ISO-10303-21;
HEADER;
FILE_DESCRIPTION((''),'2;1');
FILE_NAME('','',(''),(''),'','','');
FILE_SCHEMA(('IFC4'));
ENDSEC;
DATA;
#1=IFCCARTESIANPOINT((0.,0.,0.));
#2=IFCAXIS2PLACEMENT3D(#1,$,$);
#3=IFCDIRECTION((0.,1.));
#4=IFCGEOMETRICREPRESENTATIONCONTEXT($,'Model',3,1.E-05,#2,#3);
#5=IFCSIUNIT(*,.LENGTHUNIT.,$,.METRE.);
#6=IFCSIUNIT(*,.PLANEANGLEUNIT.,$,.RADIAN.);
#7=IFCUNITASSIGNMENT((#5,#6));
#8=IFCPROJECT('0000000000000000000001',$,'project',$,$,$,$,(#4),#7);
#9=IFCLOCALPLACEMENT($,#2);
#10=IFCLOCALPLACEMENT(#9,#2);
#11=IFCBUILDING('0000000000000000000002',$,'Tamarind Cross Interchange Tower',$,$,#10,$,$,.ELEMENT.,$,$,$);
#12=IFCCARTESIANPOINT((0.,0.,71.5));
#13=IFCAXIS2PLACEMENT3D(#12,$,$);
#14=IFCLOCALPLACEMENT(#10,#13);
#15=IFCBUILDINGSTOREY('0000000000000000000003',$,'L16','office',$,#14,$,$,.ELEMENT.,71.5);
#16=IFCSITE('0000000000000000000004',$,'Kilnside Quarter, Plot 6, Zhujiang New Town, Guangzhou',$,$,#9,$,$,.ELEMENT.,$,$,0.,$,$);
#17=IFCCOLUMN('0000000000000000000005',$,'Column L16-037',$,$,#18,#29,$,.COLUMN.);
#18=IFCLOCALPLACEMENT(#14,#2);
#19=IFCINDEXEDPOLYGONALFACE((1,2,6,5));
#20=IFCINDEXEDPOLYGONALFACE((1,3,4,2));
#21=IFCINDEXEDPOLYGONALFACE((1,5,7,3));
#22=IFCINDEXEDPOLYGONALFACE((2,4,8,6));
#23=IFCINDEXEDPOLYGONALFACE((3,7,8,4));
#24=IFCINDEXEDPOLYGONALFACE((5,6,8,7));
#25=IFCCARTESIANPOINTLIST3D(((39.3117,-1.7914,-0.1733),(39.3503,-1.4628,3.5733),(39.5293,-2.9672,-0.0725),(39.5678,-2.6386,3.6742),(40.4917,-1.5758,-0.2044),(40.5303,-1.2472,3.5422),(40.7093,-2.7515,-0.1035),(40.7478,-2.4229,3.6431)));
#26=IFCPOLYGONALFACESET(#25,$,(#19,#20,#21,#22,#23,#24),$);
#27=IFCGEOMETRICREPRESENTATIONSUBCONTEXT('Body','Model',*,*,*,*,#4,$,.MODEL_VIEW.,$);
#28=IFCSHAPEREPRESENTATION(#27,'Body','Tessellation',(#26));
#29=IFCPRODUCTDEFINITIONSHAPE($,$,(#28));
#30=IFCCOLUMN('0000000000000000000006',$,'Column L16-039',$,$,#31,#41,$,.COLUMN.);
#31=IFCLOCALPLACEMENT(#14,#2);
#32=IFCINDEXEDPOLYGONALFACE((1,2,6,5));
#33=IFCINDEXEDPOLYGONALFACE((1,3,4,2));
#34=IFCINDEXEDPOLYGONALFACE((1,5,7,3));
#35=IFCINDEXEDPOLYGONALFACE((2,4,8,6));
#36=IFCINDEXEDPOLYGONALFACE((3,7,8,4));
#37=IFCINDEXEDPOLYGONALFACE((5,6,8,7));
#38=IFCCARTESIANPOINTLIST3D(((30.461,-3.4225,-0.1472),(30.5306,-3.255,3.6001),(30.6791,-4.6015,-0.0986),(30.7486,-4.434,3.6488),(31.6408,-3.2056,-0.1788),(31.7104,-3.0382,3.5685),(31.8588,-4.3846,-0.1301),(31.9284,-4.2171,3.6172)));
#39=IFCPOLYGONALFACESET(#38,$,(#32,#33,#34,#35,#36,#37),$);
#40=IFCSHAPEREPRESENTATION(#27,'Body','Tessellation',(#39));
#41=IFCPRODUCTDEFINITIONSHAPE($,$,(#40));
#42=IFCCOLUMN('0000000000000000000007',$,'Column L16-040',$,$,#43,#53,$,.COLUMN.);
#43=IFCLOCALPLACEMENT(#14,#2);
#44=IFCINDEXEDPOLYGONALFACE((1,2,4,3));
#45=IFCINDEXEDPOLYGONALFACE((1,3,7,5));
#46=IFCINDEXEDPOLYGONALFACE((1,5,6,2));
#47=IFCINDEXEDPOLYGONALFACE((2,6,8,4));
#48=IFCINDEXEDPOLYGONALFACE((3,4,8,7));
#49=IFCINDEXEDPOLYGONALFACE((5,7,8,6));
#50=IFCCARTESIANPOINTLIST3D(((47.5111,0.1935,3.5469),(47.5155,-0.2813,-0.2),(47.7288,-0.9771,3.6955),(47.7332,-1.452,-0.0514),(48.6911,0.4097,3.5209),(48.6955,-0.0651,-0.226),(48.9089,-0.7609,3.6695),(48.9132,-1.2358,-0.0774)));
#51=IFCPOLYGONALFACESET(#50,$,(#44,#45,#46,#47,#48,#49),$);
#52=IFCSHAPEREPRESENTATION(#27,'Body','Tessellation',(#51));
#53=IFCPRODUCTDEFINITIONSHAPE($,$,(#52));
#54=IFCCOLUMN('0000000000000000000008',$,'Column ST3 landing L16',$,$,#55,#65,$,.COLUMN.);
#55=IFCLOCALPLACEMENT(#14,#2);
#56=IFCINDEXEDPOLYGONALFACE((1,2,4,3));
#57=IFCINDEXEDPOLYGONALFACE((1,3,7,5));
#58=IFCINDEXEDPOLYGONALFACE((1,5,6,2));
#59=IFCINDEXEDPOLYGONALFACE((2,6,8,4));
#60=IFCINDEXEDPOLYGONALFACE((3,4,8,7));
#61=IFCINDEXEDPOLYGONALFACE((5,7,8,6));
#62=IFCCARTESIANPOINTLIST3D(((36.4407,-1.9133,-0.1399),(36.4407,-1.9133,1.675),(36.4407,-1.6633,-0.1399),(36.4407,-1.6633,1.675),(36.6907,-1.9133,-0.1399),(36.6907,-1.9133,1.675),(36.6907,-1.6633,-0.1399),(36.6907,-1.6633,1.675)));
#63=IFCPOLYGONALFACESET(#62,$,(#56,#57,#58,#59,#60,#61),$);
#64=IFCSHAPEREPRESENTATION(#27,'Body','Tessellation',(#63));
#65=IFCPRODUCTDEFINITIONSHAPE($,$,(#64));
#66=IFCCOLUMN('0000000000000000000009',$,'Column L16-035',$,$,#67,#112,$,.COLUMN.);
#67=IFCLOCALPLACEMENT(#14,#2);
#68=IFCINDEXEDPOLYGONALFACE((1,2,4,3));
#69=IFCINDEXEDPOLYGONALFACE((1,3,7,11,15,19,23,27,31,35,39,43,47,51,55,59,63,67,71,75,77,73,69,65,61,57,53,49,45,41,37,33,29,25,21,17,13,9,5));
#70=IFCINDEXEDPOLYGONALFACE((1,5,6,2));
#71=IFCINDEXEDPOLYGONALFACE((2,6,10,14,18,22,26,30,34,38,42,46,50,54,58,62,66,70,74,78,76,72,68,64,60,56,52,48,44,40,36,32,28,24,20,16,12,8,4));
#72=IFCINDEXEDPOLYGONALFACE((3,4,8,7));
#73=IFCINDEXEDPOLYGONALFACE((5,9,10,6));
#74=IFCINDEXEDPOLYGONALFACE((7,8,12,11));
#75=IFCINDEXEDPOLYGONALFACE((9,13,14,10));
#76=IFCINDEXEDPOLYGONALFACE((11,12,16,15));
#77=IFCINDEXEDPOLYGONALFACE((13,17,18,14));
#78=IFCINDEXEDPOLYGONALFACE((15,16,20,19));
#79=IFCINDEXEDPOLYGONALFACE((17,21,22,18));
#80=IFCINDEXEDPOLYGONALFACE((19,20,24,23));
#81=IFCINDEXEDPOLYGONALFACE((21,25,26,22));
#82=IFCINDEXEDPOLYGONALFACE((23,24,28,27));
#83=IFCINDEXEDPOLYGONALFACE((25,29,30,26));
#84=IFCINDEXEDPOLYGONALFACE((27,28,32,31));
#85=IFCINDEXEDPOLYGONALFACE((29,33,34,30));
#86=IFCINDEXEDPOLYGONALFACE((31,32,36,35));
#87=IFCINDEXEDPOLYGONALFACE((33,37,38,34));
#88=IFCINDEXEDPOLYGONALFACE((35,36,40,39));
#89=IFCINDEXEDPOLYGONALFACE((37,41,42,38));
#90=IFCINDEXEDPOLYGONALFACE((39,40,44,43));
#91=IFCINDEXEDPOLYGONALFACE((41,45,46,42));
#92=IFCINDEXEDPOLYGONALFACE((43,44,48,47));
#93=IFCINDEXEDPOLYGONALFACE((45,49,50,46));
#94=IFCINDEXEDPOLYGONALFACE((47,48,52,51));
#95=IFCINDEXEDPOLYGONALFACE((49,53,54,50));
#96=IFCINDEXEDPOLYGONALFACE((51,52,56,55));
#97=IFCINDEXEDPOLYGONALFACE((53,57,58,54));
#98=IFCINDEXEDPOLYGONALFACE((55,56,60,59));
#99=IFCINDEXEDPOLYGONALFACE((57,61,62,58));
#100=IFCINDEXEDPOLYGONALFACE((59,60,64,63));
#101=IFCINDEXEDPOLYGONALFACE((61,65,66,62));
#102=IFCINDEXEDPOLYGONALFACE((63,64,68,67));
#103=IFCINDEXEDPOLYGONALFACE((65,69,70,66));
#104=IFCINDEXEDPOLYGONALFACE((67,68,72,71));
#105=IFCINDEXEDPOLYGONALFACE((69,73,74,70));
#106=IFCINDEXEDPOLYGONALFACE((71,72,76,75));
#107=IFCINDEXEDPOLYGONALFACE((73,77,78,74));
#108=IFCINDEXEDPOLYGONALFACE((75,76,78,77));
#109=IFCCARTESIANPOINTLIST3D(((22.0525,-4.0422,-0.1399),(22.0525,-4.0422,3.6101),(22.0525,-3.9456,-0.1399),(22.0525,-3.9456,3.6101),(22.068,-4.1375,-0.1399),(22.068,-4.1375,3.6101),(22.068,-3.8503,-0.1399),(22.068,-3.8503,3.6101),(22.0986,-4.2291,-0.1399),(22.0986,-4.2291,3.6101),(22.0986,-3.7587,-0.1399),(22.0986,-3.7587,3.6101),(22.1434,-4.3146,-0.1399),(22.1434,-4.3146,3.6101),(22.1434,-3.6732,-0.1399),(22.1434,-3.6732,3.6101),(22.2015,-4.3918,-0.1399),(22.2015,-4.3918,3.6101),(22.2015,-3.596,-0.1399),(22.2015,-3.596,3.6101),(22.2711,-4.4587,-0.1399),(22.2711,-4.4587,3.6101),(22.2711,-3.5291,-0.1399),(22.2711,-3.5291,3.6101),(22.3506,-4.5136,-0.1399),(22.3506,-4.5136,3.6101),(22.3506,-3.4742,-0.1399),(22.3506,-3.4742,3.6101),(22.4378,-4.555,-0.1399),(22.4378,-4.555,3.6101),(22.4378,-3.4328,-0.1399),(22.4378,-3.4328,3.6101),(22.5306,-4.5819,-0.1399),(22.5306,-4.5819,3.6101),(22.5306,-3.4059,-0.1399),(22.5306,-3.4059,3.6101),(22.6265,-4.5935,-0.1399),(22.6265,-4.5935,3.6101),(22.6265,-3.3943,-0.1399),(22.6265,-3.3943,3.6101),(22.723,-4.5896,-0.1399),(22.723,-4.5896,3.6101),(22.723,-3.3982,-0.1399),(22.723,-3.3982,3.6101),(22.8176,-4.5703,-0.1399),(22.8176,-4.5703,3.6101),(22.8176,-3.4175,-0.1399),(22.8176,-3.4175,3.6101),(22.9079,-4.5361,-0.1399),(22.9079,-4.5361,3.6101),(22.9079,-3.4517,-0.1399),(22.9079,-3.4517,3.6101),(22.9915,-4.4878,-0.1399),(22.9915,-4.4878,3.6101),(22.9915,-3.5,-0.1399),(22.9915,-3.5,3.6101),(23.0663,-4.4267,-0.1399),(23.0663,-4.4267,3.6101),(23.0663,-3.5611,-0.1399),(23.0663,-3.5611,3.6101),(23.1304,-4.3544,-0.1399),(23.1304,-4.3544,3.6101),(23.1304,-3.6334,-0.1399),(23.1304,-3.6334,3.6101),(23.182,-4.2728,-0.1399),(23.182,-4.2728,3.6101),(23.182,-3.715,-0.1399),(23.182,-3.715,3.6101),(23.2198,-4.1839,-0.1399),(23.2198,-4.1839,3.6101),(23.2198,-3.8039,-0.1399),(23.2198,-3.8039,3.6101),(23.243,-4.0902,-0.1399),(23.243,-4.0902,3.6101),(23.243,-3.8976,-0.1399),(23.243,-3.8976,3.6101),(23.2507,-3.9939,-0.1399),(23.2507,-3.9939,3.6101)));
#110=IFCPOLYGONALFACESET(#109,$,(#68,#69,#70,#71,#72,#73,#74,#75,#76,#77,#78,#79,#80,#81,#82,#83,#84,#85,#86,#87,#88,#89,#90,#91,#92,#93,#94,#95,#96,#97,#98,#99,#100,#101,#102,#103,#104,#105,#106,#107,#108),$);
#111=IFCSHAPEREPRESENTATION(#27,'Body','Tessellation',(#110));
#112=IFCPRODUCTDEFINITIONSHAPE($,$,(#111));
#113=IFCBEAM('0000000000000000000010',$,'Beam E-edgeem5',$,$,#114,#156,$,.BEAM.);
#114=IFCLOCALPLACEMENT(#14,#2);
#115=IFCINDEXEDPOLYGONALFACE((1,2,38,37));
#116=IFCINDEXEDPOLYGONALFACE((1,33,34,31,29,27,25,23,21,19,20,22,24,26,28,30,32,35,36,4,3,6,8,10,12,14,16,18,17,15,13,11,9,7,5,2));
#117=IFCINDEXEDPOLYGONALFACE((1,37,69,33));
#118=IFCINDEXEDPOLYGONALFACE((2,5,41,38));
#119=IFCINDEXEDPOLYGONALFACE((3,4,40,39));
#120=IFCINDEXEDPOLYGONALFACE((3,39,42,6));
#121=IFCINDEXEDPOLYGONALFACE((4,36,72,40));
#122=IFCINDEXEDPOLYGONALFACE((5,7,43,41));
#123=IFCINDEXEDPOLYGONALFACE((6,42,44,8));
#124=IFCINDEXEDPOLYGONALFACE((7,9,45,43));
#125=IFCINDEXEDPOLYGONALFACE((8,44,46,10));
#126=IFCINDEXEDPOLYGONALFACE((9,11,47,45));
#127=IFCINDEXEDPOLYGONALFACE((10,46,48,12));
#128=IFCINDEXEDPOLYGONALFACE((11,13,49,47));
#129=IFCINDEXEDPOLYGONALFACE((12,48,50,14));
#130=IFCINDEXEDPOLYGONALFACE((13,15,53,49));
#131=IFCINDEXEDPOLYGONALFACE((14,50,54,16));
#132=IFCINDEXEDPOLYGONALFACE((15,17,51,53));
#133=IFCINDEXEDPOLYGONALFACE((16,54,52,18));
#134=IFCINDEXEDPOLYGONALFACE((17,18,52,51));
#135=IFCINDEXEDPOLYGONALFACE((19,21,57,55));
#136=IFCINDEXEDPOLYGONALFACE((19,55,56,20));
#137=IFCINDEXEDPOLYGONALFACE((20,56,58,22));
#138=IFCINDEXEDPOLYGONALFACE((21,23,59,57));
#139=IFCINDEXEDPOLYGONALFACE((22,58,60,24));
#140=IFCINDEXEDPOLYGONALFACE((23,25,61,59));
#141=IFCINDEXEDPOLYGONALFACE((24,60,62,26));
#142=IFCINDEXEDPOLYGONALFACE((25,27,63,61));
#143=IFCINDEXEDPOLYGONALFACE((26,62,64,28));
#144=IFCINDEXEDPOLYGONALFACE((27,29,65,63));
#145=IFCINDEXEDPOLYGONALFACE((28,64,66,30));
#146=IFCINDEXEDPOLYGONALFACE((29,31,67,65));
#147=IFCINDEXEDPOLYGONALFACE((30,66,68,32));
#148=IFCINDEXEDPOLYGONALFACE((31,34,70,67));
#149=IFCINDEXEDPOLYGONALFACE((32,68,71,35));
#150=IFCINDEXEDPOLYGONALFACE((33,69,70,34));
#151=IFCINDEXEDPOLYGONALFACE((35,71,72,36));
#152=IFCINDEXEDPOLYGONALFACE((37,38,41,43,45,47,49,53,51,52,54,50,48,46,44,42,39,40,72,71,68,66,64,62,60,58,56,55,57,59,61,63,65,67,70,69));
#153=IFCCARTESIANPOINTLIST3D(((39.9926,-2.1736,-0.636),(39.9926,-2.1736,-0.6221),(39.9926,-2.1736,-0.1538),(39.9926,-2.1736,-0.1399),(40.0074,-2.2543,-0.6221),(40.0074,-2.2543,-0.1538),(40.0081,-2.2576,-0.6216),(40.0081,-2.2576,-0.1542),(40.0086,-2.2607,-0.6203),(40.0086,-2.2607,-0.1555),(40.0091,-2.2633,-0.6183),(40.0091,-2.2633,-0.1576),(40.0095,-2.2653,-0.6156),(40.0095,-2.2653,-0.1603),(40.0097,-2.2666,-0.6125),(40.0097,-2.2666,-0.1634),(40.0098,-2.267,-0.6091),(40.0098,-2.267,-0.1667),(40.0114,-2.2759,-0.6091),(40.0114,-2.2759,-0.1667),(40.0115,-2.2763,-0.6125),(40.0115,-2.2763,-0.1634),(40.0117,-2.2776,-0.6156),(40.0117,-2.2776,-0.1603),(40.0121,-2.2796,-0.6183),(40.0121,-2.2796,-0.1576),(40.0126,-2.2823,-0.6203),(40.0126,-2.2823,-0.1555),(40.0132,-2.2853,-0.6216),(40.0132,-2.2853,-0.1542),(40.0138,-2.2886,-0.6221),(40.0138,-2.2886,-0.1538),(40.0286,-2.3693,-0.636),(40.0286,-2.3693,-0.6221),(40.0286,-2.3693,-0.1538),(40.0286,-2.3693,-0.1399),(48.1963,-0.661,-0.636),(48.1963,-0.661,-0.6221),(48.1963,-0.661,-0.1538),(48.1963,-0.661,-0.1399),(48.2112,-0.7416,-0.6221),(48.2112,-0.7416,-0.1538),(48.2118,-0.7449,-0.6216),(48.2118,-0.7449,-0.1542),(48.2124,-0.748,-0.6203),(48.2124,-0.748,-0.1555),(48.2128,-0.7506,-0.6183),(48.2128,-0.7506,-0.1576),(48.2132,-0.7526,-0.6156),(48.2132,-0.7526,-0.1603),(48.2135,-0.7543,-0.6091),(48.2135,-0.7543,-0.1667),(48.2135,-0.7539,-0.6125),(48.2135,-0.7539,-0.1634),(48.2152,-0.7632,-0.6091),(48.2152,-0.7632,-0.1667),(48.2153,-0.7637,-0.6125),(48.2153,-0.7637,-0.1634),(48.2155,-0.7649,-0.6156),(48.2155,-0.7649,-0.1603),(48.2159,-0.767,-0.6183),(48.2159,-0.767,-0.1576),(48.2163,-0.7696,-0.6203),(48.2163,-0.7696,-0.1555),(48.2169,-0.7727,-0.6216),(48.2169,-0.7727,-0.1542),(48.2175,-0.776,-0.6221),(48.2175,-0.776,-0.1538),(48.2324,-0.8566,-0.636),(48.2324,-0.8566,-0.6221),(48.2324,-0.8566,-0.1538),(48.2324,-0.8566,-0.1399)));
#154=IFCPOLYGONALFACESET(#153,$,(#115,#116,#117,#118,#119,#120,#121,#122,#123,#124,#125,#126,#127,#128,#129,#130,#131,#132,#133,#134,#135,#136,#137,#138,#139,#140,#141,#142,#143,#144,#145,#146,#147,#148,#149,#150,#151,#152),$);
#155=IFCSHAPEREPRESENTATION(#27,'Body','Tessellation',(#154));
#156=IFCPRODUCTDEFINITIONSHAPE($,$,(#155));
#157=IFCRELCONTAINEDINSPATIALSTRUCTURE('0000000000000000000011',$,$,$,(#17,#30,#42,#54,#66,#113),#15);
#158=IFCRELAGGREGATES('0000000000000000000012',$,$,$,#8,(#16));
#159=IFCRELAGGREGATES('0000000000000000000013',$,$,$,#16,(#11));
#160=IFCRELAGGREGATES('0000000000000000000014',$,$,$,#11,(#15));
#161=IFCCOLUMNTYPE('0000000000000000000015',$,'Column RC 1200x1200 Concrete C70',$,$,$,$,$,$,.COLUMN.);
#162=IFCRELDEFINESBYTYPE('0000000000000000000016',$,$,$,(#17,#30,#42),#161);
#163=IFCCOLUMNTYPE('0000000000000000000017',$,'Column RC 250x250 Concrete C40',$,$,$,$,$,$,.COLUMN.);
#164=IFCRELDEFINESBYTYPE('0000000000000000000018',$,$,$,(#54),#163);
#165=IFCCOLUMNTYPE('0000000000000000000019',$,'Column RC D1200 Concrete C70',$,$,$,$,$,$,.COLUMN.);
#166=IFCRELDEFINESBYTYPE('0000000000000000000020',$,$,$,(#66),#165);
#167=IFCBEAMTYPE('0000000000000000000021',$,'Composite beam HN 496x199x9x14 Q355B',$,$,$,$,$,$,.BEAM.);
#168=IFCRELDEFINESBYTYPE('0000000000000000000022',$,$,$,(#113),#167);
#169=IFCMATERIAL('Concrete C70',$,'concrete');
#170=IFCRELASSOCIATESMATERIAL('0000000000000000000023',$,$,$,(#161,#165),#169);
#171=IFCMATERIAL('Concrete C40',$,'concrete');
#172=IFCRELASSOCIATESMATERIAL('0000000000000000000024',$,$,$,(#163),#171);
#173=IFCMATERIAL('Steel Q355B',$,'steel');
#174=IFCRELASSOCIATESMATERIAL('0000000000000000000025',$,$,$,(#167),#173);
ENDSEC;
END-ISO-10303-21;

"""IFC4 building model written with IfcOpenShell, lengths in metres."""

from ifc_helpers import new_model, si_unit, direction, frame, origin, origin_2d, place, context, subcontext, project, spatial, rectangle, circle, i_section, extrude, material, material_profile, profile_set, type_object, element, save


model = new_model("IFC4")

# Units and contexts
model_context = context("Model", 3, precision=1e-05, world=origin(), true_north=direction((0.0, 1.0)))
body_context = subcontext(model_context, "Body", "Model", "MODEL_VIEW")
ifc_project = project(units=[si_unit("LENGTHUNIT", "METRE"), si_unit("PLANEANGLEUNIT", "RADIAN")], contexts=[model_context])

# Site, building, storey
site_placement = place(None, origin())
site = spatial("IfcSite", under=ifc_project, at=site_placement, Name="Kilnside Quarter, Plot 6, Zhujiang New Town, Guangzhou", CompositionType="ELEMENT", RefElevation=0.0)
building_placement = place(site_placement, origin())
building = spatial("IfcBuilding", under=site, at=building_placement, Name="Tamarind Cross Interchange Tower", CompositionType="ELEMENT")
storey_placement = place(building_placement, frame((0.0, 0.0, 71.5)))
storey = spatial("IfcBuildingStorey", under=building, at=storey_placement, Name="L16", Description="office", CompositionType="ELEMENT", Elevation=71.5)

# Columns
ifc_material_1 = material(Name="Concrete C70", Category="concrete")
ifc_material_profile_1 = material_profile(ifc_material_1, rectangle(XDim=1.2, YDim=1.2, at=origin_2d()), Name="RC 1200x1200")
ifc_profile_set_1 = profile_set([ifc_material_profile_1], Name="Concrete C70")
column_type_1 = type_object("IfcColumnType", Name="Column RC 1200x1200 Concrete C70", PredefinedType="COLUMN", material=ifc_profile_set_1)
column_1_placement = place(storey_placement, frame((40.0105, -2.2715, -0.1384), z_axis=(0.010256, 0.08737, 0.996123), x_axis=(-0.983378, -0.179713, 0.025887)))
element("IfcColumn", 1, at=column_1_placement, inside=storey, type_object=column_type_1, Name="Column L16-037", PredefinedType="COLUMN", context=body_context, shape_type="SweptSolid", body=[
    extrude(rectangle(XDim=1.2, YDim=1.2, at=origin_2d()), origin(), (0.0, 0.0, 1.0), 3.7612),
])
column_2_placement = place(storey_placement, frame((31.1599, -3.9036, -0.1387), z_axis=(0.018546, 0.044641, 0.998831), x_axis=(-0.983177, -0.180747, 0.026334)))
element("IfcColumn", 2, at=column_2_placement, inside=storey, type_object=column_type_1, Name="Column L16-039", PredefinedType="COLUMN", context=body_context, shape_type="SweptSolid", body=[
    extrude(rectangle(XDim=1.2, YDim=1.2, at=origin_2d()), origin(), (0.0, 0.0, 1.0), 3.7517),
])
column_3_placement = place(storey_placement, frame((48.2144, -0.7585, -0.1387), z_axis=(-0.001164, 0.125729, 0.992064), x_axis=(-0.983396, -0.180174, 0.021681)))
element("IfcColumn", 3, at=column_3_placement, inside=storey, type_object=column_type_1, Name="Column L16-040", PredefinedType="COLUMN", context=body_context, shape_type="SweptSolid", body=[
    extrude(rectangle(XDim=1.2, YDim=1.2, at=origin_2d()), origin(), (0.0, 0.0, 1.0), 3.7769),
])
ifc_material_2 = material(Name="Concrete C40", Category="concrete")
ifc_material_profile_2 = material_profile(ifc_material_2, rectangle(XDim=0.25, YDim=0.25, at=origin_2d()), Name="RC 250x250")
ifc_profile_set_2 = profile_set([ifc_material_profile_2], Name="Concrete C40")
column_type_2 = type_object("IfcColumnType", Name="Column RC 250x250 Concrete C40", PredefinedType="COLUMN", material=ifc_profile_set_2)
column_4_placement = place(storey_placement, frame((36.5657, -1.7883, -0.1399), z_axis=(0.0, 0.0, 1.0), x_axis=(1.0, 0.0, 0.0)))
element("IfcColumn", 4, at=column_4_placement, inside=storey, type_object=column_type_2, Name="Column ST3 landing L16", PredefinedType="COLUMN", context=body_context, shape_type="SweptSolid", body=[
    extrude(rectangle(XDim=0.25, YDim=0.25, at=origin_2d()), origin(), (0.0, 0.0, 1.0), 1.8149),
])
ifc_material_profile_3 = material_profile(ifc_material_1, circle(Radius=0.6001, at=origin_2d()), Name="RC D1200")
ifc_profile_set_3 = profile_set([ifc_material_profile_3], Name="Concrete C70")
column_type_3 = type_object("IfcColumnType", Name="Column RC D1200 Concrete C70", PredefinedType="COLUMN", material=ifc_profile_set_3)
column_5_placement = place(storey_placement, frame((22.6506, -3.9939, -0.1399), z_axis=(0.0, 0.0, 1.0), x_axis=(1.0, 0.0, 0.0)))
element("IfcColumn", 5, at=column_5_placement, inside=storey, type_object=column_type_3, Name="Column L16-035", PredefinedType="COLUMN", context=body_context, shape_type="SweptSolid", body=[
    extrude(circle(Radius=0.6001, at=origin_2d()), origin(), (0.0, 0.0, 1.0), 3.75),
])

# Beam
ifc_material_3 = material(Name="Steel Q355B", Category="steel")
ifc_material_profile_4 = material_profile(ifc_material_3, i_section(OverallWidth=0.199, OverallDepth=0.4961, WebThickness=0.009, FlangeThickness=0.0139, FilletRadius=0.0129, at=origin_2d()), Name="HN 496x199x9x14")
ifc_profile_set_4 = profile_set([ifc_material_profile_4], Name="Steel Q355B")
beam_type_1 = type_object("IfcBeamType", Name="Composite beam HN 496x199x9x14 Q355B", PredefinedType="BEAM", material=ifc_profile_set_4)
beam_1_placement = place(storey_placement, frame((48.2144, -0.7588, -0.3879), z_axis=(-0.983422, -0.181332, 0.0), x_axis=(0.181332, -0.983422, 0.0)))
element("IfcBeam", 6, at=beam_1_placement, inside=storey, type_object=beam_type_1, Name="Beam E-edgeem5", PredefinedType="BEAM", context=body_context, shape_type="SweptSolid", body=[
    extrude(i_section(OverallWidth=0.199, OverallDepth=0.4961, WebThickness=0.009, FlangeThickness=0.0139, FilletRadius=0.0129, at=origin_2d()), origin(), (0.0, 0.0, 1.0), 8.342),
])

save(model, "model.ifc")
